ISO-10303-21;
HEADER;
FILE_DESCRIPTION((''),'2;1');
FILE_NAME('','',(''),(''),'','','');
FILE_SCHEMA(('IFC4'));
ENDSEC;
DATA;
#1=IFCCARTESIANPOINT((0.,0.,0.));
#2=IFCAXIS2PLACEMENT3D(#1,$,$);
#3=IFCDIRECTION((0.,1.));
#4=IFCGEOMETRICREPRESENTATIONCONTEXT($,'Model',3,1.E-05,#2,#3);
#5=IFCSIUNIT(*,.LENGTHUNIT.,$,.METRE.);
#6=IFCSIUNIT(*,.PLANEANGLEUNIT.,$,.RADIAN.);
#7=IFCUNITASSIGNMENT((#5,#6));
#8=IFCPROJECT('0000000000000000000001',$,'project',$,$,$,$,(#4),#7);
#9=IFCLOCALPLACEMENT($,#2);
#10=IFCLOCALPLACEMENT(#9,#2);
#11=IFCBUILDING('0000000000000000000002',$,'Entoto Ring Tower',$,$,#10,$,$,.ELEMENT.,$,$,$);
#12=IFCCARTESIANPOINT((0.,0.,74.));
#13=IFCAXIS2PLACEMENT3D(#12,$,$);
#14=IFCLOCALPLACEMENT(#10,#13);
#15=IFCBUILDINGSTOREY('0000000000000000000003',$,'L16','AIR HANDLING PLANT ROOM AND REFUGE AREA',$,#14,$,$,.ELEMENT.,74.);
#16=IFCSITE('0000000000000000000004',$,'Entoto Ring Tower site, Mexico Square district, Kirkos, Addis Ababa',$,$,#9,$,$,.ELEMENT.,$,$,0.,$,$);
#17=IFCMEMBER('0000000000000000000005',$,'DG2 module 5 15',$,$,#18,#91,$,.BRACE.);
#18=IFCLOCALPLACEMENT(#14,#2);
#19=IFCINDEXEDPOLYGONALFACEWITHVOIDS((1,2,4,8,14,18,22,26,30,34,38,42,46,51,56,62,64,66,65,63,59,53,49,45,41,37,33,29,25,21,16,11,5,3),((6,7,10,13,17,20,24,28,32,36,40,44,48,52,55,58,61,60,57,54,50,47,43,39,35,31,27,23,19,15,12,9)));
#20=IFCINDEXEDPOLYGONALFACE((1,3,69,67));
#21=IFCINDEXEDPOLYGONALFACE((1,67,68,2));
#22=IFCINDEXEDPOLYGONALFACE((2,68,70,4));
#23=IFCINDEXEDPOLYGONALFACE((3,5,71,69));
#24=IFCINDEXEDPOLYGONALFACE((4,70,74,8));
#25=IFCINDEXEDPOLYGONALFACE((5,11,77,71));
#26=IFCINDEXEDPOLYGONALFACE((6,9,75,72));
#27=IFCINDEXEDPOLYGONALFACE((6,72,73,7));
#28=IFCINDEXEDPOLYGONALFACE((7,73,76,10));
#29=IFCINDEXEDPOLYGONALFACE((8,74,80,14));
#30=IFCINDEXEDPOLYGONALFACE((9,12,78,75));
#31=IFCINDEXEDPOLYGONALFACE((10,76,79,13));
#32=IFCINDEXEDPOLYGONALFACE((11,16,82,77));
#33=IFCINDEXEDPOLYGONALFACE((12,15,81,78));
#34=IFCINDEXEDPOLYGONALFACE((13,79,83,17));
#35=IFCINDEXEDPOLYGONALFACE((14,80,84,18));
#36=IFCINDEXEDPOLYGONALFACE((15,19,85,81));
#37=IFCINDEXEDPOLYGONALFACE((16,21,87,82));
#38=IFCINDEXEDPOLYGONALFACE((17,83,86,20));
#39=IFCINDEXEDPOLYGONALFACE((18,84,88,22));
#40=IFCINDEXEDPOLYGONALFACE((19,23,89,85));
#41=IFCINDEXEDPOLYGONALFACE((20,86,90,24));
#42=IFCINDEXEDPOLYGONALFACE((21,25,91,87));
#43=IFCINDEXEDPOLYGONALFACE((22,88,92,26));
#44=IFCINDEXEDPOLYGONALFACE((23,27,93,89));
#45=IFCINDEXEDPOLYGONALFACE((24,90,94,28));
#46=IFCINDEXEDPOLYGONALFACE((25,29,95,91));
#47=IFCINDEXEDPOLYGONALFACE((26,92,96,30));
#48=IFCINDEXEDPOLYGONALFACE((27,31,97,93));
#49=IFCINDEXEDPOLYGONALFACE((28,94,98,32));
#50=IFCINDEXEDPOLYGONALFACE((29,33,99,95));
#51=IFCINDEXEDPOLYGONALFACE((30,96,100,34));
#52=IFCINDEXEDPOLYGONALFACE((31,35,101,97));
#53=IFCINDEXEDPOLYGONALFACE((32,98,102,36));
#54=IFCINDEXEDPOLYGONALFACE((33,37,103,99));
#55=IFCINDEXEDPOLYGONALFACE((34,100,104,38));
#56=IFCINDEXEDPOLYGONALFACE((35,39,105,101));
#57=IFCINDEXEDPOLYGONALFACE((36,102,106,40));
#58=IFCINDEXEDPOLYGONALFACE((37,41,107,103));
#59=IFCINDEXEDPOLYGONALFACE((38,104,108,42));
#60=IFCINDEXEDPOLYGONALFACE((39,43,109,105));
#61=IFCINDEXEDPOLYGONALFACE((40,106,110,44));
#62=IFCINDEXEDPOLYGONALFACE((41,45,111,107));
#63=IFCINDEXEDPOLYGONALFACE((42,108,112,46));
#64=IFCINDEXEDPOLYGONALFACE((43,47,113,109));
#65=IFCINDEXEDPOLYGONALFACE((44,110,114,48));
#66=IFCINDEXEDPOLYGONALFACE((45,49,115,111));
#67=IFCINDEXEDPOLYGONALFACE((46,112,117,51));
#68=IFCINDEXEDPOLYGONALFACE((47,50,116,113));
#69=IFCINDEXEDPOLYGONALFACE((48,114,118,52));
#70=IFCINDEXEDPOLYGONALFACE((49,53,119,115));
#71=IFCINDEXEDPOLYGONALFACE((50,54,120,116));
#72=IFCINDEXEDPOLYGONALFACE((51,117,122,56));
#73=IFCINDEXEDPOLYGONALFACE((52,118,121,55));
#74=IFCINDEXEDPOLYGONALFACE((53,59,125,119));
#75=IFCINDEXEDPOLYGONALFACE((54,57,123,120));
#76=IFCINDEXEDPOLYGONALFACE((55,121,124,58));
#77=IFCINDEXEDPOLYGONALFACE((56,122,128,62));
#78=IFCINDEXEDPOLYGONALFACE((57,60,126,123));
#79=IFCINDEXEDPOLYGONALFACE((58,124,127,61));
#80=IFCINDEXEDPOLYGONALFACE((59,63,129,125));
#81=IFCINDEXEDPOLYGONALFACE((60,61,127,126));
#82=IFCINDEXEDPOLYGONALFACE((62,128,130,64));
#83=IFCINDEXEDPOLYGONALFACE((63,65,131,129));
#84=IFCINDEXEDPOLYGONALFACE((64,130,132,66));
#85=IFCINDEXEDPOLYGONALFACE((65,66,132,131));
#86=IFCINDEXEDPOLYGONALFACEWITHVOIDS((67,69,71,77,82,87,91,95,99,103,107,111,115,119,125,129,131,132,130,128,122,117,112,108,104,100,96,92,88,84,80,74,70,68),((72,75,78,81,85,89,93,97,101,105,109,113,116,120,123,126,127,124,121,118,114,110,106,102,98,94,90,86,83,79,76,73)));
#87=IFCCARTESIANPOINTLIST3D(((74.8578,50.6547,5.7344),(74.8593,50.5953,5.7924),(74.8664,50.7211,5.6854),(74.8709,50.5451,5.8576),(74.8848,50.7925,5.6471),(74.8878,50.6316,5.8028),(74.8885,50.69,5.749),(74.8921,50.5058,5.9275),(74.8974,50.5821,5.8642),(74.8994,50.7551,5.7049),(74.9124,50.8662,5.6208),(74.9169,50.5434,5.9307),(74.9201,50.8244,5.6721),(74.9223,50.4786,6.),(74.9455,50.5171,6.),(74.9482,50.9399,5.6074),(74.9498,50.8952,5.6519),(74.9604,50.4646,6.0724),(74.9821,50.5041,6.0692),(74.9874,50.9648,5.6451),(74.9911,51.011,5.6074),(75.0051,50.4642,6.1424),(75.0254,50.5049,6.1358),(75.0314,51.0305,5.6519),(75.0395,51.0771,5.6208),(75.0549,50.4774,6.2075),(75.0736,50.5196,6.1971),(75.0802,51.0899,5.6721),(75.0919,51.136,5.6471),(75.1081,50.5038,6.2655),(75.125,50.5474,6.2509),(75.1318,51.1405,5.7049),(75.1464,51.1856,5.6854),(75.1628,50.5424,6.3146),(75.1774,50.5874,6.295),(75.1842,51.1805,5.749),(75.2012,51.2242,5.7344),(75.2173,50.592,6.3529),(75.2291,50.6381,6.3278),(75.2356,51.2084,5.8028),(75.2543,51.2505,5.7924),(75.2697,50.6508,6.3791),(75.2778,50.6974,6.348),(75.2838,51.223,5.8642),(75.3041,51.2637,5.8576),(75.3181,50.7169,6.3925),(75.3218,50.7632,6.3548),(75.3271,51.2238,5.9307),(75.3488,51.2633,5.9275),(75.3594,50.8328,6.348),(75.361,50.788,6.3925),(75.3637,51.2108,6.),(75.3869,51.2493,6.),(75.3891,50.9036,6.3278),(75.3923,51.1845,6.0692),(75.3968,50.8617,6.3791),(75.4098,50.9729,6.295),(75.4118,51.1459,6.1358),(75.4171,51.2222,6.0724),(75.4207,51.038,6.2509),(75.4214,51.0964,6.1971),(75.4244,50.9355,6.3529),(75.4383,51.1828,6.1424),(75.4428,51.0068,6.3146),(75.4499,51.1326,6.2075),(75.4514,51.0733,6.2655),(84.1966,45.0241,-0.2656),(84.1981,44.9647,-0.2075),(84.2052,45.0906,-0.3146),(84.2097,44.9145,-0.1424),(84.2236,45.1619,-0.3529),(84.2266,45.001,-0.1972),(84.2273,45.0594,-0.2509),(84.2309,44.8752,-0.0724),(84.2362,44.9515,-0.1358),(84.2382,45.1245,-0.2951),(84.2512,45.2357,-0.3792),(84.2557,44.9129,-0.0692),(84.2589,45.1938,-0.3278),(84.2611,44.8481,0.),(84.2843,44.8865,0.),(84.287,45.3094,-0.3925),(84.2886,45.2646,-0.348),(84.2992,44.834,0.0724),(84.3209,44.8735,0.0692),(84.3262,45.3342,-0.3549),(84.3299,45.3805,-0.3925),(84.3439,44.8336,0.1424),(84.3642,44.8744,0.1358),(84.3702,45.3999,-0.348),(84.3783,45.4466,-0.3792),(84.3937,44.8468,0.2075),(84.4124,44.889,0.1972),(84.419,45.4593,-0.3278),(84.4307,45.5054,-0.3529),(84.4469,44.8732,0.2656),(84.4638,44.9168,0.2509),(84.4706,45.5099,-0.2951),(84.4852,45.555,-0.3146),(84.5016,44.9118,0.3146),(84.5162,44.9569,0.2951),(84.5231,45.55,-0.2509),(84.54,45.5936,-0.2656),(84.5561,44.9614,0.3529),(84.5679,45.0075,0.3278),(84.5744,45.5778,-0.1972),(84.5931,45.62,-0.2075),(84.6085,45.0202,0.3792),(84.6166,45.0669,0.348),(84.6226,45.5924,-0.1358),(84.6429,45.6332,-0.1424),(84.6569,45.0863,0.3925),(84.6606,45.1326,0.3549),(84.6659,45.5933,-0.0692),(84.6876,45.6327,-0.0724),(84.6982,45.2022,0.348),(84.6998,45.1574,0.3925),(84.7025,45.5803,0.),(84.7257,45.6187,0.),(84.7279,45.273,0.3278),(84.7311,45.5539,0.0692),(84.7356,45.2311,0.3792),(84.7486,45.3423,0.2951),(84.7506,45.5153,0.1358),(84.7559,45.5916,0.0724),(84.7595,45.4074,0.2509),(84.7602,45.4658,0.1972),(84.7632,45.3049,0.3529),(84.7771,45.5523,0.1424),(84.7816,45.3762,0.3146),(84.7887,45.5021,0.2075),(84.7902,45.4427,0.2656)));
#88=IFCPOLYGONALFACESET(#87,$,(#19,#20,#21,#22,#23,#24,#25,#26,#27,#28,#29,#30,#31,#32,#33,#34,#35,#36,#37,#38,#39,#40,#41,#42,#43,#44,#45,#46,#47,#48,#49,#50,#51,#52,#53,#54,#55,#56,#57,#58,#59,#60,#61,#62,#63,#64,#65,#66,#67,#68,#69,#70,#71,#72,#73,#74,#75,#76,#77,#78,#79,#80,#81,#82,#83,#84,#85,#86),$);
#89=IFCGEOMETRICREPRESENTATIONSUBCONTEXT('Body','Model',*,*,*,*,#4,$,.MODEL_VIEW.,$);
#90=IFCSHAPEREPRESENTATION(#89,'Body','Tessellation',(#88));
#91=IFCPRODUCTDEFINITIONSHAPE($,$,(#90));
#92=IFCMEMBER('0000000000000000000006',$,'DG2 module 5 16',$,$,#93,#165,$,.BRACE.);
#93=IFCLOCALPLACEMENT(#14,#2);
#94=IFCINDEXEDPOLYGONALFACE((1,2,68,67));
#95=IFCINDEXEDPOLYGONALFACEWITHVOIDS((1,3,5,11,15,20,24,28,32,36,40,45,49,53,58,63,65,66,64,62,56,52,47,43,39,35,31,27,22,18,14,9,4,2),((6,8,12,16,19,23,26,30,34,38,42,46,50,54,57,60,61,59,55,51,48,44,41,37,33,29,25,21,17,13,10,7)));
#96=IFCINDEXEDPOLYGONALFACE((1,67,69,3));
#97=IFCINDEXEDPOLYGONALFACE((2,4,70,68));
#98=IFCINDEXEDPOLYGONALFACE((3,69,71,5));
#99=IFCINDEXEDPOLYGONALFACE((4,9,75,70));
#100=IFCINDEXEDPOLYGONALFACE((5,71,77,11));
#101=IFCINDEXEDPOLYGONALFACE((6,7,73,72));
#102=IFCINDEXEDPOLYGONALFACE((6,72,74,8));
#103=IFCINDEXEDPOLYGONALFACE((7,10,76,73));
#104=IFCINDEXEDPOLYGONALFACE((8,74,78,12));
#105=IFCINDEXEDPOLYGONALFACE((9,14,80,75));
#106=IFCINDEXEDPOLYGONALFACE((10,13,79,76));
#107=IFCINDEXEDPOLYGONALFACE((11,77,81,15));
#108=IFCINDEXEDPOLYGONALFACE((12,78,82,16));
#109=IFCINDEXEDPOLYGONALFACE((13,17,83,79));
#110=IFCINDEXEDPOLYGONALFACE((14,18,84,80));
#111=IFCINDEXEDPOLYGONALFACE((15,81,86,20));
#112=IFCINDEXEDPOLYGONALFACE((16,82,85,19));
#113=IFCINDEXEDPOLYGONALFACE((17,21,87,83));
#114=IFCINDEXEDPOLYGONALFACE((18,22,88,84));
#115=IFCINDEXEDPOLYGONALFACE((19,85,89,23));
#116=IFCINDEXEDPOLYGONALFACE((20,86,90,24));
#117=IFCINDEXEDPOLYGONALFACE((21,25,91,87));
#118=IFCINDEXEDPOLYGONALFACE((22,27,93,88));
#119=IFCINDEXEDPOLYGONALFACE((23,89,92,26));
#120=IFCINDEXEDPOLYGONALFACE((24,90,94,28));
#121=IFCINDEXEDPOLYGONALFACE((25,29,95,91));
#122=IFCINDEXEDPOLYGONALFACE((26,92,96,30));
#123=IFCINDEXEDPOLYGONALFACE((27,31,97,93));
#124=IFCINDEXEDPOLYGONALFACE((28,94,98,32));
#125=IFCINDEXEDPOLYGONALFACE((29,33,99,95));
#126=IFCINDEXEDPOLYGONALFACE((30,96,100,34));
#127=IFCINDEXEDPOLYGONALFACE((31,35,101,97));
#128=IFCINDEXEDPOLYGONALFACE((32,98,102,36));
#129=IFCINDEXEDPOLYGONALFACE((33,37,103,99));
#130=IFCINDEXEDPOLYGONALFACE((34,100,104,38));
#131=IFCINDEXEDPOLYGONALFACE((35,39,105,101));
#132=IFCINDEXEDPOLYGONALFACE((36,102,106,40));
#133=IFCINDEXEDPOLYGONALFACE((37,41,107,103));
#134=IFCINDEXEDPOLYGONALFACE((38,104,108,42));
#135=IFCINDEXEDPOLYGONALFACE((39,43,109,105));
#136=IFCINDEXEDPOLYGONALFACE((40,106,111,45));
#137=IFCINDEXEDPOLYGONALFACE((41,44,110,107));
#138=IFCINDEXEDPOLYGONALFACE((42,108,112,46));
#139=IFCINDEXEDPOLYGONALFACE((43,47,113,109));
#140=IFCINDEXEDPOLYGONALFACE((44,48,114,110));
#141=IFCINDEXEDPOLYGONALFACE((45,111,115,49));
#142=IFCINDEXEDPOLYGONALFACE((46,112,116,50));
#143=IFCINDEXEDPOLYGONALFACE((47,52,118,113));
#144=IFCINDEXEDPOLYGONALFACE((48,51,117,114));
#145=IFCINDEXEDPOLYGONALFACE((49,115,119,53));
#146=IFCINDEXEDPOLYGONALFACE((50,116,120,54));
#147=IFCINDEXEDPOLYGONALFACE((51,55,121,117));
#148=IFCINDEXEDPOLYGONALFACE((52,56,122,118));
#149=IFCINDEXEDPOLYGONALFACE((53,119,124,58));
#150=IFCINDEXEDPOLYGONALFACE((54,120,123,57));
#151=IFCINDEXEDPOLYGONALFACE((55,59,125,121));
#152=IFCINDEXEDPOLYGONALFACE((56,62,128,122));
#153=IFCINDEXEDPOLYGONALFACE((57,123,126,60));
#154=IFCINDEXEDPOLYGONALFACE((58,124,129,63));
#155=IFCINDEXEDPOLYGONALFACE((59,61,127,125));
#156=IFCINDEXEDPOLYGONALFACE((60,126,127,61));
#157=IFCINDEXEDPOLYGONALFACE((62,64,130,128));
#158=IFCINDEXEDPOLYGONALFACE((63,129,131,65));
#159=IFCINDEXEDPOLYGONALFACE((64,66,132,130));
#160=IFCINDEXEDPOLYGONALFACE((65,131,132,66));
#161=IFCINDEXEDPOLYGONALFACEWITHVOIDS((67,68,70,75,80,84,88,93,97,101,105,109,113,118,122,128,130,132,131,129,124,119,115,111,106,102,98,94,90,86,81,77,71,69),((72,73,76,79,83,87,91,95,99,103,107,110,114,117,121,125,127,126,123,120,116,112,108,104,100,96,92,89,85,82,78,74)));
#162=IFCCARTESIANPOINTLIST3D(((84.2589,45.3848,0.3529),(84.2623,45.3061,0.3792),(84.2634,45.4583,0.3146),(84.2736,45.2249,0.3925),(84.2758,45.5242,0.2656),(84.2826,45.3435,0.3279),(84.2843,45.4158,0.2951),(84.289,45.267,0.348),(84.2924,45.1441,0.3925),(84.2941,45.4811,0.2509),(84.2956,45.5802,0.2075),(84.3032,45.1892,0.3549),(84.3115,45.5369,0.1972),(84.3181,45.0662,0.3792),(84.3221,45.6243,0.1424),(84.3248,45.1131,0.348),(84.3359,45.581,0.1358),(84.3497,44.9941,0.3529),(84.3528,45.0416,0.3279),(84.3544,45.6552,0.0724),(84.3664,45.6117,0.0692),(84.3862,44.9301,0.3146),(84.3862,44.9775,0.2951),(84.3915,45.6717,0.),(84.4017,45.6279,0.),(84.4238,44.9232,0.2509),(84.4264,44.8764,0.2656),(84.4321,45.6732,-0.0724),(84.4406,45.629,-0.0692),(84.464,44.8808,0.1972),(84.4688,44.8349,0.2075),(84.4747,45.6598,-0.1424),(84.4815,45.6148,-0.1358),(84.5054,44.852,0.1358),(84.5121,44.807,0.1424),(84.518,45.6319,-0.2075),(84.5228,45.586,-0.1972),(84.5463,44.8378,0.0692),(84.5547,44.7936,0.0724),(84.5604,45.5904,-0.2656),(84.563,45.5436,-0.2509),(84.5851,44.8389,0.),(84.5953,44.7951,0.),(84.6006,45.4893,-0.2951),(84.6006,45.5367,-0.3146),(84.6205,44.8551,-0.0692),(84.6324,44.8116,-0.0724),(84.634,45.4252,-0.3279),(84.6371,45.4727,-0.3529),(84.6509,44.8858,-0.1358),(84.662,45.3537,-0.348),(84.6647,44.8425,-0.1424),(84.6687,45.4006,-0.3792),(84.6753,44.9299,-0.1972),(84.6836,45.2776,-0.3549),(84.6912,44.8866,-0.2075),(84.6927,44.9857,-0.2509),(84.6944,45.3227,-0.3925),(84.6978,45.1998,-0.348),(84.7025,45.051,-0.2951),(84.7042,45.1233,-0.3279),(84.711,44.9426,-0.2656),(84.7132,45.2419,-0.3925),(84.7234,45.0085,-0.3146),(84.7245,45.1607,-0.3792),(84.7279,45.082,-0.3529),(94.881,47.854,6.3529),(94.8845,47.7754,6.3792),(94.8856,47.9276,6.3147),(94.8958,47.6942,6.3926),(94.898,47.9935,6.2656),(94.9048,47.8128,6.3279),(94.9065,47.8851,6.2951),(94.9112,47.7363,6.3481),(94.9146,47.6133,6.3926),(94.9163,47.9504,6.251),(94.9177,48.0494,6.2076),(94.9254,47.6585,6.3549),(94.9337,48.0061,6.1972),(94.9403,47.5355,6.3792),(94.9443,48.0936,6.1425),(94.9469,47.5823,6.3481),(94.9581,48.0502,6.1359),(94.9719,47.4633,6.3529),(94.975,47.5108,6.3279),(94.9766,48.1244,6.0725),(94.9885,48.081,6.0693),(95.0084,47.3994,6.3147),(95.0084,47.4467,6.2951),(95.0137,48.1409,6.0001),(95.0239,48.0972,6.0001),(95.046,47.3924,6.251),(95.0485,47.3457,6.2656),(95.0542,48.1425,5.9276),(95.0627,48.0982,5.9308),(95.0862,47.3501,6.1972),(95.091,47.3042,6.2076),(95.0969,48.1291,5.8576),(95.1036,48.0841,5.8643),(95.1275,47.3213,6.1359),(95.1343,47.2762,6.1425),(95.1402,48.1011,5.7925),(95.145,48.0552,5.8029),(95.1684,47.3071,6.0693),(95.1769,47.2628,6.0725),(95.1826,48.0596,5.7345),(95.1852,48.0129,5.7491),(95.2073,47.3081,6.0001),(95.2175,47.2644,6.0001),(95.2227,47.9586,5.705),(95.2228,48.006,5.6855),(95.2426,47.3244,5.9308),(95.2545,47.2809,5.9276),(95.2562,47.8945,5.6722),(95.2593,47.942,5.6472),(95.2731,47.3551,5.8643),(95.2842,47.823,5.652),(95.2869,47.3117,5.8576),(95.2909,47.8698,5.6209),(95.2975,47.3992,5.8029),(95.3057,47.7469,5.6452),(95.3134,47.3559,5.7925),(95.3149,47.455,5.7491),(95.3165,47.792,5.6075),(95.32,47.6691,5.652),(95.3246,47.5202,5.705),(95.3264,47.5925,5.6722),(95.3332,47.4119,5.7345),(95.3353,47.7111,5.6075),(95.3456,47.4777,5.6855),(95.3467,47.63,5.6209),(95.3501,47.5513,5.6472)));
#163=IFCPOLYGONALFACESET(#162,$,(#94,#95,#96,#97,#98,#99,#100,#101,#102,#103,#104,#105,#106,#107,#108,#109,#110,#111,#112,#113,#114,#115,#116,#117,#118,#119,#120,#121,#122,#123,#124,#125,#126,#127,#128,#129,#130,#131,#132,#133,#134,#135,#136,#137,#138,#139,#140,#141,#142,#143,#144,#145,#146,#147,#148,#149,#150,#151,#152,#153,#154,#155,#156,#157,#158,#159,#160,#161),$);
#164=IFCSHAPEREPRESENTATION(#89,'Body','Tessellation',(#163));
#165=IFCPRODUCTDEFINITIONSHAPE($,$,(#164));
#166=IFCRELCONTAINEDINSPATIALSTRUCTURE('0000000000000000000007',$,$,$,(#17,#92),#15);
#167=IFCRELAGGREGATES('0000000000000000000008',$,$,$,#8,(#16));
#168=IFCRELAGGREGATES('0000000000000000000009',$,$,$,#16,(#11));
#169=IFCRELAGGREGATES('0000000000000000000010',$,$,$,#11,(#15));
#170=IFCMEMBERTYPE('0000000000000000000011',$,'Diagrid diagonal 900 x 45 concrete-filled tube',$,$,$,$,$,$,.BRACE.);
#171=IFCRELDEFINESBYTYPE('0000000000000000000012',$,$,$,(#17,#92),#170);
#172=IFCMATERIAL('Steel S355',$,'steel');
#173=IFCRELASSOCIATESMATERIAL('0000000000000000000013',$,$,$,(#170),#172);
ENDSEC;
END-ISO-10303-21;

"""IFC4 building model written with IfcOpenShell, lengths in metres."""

from ifc_helpers import new_model, si_unit, direction, frame, origin, origin_2d, place, context, subcontext, project, spatial, circle, hollow_circle, extrude, material, material_profile, profile_set, type_object, element, save


model = new_model("IFC4")

# Units and contexts
model_context = context("Model", 3, precision=1e-05, world=origin(), true_north=direction((0.0, 1.0)))
body_context = subcontext(model_context, "Body", "Model", "MODEL_VIEW")
ifc_project = project(units=[si_unit("LENGTHUNIT", "METRE"), si_unit("PLANEANGLEUNIT", "RADIAN")], contexts=[model_context])

# Site, building, storey
site_placement = place(None, origin())
site = spatial("IfcSite", under=ifc_project, at=site_placement, Name="Entoto Ring Tower site, Mexico Square district, Kirkos, Addis Ababa", CompositionType="ELEMENT", RefElevation=0.0)
building_placement = place(site_placement, origin())
building = spatial("IfcBuilding", under=site, at=building_placement, Name="Entoto Ring Tower", CompositionType="ELEMENT")
storey_placement = place(building_placement, frame((0.0, 0.0, 74.0)))
storey = spatial("IfcBuildingStorey", under=building, at=storey_placement, Name="L16", Description="AIR HANDLING PLANT ROOM AND REFUGE AREA", CompositionType="ELEMENT", Elevation=74.0)

# Members
ifc_material_1 = material(Name="Steel S355", Category="steel")
ifc_material_profile_1 = material_profile(ifc_material_1, hollow_circle(Radius=0.45, WallThickness=0.0449, at=origin_2d()), Name="CHS 900 x 45")
ifc_material_2 = material(Name="Concrete C60/75", Category="concrete")
ifc_material_profile_2 = material_profile(ifc_material_2, circle(Radius=0.405, at=origin_2d()), Name="Concrete C60/75 infill")
ifc_profile_set_1 = profile_set([ifc_material_profile_1, ifc_material_profile_2], Name="Steel S355")
member_type_1 = type_object("IfcMemberType", Name="Diagrid diagonal 900 x 45 concrete-filled tube", PredefinedType="BRACE", material=ifc_profile_set_1)
member_1_placement = place(storey_placement, frame((84.4934, 45.2334, 0.0), z_axis=(-0.750314, 0.452381, 0.482059), x_axis=(-0.516335, -0.856387, 0.0)))
element("IfcMember", 1, at=member_1_placement, inside=storey, type_object=member_type_1, Name="DG2 module 5 15", PredefinedType="BRACE", context=body_context, shape_type="SweptSolid", body=[
    extrude(hollow_circle(Radius=0.45, WallThickness=0.0449, at=origin_2d()), origin(), (0.0, 0.0, 1.0), 12.4465),
])
member_2_placement = place(storey_placement, frame((84.4934, 45.2334, 0.0), z_axis=(0.85339, 0.198382, 0.482047), x_axis=(-0.226426, 0.974028, 0.0)))
element("IfcMember", 2, at=member_2_placement, inside=storey, type_object=member_type_1, Name="DG2 module 5 16", PredefinedType="BRACE", context=body_context, shape_type="SweptSolid", body=[
    extrude(hollow_circle(Radius=0.45, WallThickness=0.0449, at=origin_2d()), origin(), (0.0, 0.0, 1.0), 12.447),
])

save(model, "model.ifc")
